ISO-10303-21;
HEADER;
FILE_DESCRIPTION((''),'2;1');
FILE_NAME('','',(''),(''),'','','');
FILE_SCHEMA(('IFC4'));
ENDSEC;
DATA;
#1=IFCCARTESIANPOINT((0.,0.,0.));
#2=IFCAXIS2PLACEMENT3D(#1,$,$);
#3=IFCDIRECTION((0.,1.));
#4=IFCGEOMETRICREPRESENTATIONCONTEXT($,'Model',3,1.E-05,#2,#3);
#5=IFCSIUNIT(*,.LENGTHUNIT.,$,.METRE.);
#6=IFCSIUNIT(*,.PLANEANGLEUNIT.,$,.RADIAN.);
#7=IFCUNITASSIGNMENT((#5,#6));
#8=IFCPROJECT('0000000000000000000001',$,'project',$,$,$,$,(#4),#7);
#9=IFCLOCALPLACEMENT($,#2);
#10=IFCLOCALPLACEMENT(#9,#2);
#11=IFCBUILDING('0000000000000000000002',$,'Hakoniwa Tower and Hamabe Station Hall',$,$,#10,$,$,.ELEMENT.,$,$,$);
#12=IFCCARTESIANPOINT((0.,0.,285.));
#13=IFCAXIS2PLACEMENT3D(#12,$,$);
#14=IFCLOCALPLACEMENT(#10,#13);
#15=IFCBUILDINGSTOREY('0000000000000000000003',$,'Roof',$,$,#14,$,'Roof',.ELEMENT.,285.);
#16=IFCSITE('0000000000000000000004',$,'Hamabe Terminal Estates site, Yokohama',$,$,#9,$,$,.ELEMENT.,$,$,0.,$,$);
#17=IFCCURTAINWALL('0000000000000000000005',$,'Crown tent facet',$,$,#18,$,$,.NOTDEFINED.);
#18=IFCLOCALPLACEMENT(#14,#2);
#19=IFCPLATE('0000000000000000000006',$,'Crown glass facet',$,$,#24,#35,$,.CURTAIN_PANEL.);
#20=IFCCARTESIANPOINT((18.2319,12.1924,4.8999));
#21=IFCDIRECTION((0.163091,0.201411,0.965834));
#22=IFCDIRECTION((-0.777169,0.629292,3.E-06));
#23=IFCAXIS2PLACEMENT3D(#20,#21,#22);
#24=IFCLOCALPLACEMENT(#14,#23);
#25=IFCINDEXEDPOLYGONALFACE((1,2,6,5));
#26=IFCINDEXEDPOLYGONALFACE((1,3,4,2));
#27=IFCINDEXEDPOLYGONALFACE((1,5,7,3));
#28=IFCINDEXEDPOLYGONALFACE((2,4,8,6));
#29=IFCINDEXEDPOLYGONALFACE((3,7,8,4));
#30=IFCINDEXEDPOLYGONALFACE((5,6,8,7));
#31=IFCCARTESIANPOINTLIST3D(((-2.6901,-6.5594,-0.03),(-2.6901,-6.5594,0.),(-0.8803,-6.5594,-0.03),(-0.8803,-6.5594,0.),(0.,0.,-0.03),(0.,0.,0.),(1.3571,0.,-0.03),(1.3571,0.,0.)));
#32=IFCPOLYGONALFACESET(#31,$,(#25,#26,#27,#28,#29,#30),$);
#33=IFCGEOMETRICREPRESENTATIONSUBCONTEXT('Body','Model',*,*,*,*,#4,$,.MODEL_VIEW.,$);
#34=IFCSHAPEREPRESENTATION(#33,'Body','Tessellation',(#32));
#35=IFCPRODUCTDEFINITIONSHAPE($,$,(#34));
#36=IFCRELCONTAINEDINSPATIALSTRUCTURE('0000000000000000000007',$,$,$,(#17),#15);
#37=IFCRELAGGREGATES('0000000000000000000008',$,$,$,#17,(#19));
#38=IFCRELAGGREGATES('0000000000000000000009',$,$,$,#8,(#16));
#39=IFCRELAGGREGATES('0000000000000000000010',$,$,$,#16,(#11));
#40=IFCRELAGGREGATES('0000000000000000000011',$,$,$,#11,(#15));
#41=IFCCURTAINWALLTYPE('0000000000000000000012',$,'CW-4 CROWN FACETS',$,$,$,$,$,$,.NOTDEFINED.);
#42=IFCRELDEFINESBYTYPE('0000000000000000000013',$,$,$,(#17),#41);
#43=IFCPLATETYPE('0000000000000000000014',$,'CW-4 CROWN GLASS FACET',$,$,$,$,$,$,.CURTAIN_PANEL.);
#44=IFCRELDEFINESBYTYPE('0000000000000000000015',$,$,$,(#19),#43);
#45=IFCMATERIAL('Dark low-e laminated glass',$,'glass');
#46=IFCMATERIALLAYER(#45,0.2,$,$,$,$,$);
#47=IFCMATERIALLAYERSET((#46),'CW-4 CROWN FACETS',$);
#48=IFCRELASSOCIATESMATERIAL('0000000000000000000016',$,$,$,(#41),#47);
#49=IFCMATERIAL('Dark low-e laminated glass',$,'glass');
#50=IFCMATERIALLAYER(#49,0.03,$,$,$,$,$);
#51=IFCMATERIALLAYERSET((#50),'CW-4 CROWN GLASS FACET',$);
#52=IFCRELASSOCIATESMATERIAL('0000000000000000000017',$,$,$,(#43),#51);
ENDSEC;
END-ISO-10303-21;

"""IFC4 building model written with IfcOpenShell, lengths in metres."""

from ifc_helpers import new_model, si_unit, direction, frame, origin, place, context, subcontext, project, spatial, polyline, outline, extrude, material, layer, layer_set, type_object, element, aggregate, save


model = new_model("IFC4")

# Units and contexts
model_context = context("Model", 3, precision=1e-05, world=origin(), true_north=direction((0.0, 1.0)))
body_context = subcontext(model_context, "Body", "Model", "MODEL_VIEW")
ifc_project = project(units=[si_unit("LENGTHUNIT", "METRE"), si_unit("PLANEANGLEUNIT", "RADIAN")], contexts=[model_context])

# Site, building, storey
site_placement = place(None, origin())
site = spatial("IfcSite", under=ifc_project, at=site_placement, Name="Hamabe Terminal Estates site, Yokohama", CompositionType="ELEMENT", RefElevation=0.0)
building_placement = place(site_placement, origin())
building = spatial("IfcBuilding", under=site, at=building_placement, Name="Hakoniwa Tower and Hamabe Station Hall", CompositionType="ELEMENT")
storey_placement = place(building_placement, frame((0.0, 0.0, 285.0)))
storey = spatial("IfcBuildingStorey", under=building, at=storey_placement, Name="Roof", LongName="Roof", CompositionType="ELEMENT", Elevation=285.0)

# Curtain wall
ifc_material_1 = material(Name="Dark low-e laminated glass", Category="glass")
ifc_layer_1 = layer(ifc_material_1, 0.2)
ifc_layer_set_1 = layer_set([ifc_layer_1], Name="CW-4 CROWN FACETS")
curtain_wall_type = type_object("IfcCurtainWallType", Name="CW-4 CROWN FACETS", PredefinedType="NOTDEFINED", material=ifc_layer_set_1)
curtain_wall_1_placement = place(storey_placement, origin())
curtain_wall_1 = element("IfcCurtainWall", 1, at=curtain_wall_1_placement, inside=storey, type_object=curtain_wall_type, Name="Crown tent facet", PredefinedType="NOTDEFINED")

# Plate
ifc_material_2 = material(Name="Dark low-e laminated glass", Category="glass")
ifc_layer_2 = layer(ifc_material_2, 0.03)
ifc_layer_set_2 = layer_set([ifc_layer_2], Name="CW-4 CROWN GLASS FACET")
plate_type = type_object("IfcPlateType", Name="CW-4 CROWN GLASS FACET", PredefinedType="CURTAIN_PANEL", material=ifc_layer_set_2)
plate_1_placement = place(storey_placement, frame((18.2319, 12.1924, 4.8999), z_axis=(0.163091, 0.201411, 0.965834), x_axis=(-0.777169, 0.629292, 0.000003)))
plate_1 = element("IfcPlate", 2, at=plate_1_placement, type_object=plate_type, Name="Crown glass facet", PredefinedType="CURTAIN_PANEL", context=body_context, shape_type="SweptSolid", body=[
    extrude(outline(polyline([(0.0, 0.0), (1.3571, 0.0), (-0.8803, -6.5594), (-2.6901, -6.5594), (0.0, 0.0)])), origin(), (0.0, 0.0, -1.0), 0.03),
])
aggregate(curtain_wall_1, [plate_1])

save(model, "model.ifc")
